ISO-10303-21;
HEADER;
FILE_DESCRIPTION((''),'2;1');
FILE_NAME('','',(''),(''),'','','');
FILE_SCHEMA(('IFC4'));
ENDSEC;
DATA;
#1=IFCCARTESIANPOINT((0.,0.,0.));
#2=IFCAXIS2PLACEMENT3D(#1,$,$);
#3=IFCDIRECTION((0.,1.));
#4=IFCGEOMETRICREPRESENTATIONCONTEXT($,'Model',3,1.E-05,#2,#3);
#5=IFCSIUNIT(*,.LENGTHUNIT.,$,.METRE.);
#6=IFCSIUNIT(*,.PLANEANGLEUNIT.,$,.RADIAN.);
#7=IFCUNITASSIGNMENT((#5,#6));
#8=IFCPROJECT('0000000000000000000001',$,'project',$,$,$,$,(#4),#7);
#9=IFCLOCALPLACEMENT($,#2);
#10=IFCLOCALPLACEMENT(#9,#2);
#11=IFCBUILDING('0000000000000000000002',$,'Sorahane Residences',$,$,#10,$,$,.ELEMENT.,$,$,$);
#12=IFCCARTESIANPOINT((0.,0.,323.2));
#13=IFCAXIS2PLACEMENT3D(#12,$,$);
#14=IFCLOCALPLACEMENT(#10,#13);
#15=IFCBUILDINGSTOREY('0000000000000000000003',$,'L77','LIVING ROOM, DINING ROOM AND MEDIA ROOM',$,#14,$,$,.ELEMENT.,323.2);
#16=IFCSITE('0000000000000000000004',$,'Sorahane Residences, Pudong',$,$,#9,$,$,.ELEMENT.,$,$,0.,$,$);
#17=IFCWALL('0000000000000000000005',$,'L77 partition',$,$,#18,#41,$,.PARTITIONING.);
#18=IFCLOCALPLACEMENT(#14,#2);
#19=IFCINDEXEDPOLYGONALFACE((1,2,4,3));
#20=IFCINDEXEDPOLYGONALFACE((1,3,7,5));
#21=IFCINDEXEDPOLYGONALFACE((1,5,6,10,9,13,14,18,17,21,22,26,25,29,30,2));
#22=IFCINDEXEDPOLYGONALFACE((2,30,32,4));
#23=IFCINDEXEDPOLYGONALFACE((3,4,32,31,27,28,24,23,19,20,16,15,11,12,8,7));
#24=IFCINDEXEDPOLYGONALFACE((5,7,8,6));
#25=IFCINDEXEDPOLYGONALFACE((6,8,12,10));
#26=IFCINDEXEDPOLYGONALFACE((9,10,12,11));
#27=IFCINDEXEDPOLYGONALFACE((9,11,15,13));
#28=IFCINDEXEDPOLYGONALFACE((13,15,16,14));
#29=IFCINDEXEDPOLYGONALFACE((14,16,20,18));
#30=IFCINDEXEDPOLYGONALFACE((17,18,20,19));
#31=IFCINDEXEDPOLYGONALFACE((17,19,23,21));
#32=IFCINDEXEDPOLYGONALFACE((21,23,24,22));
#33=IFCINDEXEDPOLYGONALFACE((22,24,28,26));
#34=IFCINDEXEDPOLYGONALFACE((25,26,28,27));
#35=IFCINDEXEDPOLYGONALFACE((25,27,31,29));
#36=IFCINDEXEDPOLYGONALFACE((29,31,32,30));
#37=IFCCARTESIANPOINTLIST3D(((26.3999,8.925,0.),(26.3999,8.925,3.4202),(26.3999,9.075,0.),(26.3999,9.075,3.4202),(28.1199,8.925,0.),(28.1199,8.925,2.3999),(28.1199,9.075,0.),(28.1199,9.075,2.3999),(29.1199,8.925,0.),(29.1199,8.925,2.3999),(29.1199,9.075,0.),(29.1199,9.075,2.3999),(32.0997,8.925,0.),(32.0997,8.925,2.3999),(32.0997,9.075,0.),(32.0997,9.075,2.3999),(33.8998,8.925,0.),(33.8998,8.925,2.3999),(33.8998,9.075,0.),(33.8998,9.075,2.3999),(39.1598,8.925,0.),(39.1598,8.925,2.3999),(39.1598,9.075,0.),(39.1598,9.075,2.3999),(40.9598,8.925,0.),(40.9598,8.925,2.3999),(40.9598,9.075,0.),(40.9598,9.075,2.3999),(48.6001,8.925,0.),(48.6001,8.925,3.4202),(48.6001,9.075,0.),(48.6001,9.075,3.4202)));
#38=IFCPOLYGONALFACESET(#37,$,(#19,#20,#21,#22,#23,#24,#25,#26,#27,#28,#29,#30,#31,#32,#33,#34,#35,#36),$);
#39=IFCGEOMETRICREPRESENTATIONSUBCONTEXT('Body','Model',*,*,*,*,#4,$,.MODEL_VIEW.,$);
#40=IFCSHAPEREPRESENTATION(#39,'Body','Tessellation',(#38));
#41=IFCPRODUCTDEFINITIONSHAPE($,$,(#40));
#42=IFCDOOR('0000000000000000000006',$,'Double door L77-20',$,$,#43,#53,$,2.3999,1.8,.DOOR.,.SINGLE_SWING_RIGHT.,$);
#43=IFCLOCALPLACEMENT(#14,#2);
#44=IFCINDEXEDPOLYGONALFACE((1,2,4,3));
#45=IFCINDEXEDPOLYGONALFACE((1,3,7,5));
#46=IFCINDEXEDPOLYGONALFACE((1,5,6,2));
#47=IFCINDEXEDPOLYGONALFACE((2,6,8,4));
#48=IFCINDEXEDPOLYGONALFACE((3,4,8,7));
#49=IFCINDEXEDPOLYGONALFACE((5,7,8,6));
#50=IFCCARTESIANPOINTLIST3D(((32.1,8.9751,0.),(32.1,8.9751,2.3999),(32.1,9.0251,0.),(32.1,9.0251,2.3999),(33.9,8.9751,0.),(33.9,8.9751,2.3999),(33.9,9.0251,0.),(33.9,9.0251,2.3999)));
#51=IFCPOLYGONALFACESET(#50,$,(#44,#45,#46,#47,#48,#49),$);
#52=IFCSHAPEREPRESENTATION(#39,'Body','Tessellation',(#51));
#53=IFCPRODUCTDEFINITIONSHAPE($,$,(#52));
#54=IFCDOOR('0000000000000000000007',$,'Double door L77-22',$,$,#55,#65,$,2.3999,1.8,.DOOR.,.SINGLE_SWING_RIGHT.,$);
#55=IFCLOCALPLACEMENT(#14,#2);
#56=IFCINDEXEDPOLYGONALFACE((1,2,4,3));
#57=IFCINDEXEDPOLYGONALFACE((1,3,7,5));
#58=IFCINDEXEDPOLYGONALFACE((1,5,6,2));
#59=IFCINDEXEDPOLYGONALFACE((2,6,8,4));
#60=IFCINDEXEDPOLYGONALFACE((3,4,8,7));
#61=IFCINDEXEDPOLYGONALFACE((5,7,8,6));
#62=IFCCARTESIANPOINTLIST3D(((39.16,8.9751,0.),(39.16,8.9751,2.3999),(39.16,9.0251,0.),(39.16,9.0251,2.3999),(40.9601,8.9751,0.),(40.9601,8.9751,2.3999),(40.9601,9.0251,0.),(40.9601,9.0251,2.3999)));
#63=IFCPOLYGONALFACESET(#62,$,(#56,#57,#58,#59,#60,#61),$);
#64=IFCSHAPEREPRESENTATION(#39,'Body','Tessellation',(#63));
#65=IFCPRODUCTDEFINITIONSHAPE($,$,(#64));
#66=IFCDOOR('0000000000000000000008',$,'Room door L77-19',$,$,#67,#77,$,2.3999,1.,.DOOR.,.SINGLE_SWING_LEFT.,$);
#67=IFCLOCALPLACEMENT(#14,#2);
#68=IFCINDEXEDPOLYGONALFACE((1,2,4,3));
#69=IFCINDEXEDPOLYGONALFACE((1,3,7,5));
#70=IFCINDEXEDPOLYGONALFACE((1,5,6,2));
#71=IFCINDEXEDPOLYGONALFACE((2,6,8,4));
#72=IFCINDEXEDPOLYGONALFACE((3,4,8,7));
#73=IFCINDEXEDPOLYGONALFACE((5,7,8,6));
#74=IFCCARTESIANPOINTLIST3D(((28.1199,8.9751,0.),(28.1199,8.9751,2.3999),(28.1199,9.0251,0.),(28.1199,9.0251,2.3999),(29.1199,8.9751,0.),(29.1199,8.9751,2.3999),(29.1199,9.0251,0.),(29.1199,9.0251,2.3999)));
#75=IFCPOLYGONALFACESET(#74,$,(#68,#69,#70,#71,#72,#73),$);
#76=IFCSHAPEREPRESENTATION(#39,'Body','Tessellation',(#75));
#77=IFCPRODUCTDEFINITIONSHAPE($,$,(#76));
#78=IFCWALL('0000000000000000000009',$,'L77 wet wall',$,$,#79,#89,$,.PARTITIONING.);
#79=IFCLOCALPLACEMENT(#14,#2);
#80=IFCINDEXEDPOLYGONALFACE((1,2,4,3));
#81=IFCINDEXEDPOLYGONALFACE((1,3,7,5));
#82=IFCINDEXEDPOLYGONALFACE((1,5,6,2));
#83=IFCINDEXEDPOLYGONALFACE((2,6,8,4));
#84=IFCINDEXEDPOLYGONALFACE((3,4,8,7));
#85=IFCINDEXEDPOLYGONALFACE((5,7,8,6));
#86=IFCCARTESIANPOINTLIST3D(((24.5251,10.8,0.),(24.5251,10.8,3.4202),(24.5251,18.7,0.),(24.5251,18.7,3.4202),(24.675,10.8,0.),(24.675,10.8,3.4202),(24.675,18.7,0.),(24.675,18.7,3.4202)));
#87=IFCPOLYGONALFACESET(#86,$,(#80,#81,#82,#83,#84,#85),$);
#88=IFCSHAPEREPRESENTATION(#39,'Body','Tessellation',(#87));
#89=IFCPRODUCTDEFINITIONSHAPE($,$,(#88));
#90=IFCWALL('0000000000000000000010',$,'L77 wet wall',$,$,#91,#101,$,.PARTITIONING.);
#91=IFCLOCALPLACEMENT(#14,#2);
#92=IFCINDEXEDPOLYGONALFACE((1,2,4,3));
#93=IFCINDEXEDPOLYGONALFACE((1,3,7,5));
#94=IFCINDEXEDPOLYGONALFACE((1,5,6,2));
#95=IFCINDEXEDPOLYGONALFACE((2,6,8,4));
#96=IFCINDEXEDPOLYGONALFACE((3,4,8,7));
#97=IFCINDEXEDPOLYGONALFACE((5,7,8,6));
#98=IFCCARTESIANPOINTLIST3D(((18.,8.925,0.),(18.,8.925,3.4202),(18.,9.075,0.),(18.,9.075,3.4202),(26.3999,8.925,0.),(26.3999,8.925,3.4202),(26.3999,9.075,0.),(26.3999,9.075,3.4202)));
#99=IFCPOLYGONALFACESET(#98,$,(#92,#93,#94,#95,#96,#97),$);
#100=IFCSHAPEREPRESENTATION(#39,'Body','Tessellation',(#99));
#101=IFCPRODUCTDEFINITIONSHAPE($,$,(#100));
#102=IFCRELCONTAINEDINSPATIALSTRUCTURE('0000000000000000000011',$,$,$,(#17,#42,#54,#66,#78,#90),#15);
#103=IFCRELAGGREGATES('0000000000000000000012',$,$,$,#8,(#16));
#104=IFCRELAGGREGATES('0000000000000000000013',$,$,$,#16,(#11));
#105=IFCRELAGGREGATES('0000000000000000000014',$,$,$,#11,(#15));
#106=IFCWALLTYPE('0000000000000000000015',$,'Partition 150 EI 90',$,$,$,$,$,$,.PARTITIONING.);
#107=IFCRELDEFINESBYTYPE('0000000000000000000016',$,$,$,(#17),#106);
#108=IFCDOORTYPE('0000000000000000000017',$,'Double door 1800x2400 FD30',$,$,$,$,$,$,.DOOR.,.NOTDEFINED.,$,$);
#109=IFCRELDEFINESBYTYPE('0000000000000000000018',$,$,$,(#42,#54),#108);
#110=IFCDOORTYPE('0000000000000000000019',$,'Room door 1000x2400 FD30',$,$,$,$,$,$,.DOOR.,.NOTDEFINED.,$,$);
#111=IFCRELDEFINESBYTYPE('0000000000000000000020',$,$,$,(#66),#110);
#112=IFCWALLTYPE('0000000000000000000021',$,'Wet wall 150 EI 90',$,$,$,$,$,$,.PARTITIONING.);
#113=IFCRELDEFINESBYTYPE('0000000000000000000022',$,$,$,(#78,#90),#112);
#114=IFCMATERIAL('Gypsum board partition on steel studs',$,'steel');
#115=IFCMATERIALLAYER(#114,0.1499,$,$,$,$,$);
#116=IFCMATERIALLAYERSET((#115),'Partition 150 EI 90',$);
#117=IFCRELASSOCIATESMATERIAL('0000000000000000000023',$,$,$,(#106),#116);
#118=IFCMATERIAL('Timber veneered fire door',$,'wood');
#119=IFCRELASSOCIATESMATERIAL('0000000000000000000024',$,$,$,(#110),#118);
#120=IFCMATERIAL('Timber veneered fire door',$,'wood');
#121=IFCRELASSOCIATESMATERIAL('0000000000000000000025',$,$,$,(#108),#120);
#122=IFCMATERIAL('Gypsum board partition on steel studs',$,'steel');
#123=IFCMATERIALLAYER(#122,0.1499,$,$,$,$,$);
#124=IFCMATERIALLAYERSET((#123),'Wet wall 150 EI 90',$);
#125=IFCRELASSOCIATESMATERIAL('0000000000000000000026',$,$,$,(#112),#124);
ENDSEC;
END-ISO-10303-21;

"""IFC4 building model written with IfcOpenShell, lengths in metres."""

from ifc_helpers import new_model, si_unit, direction, frame, frame_2d, origin, place, context, subcontext, project, spatial, rectangle, extrude, material, layer, layer_set, type_object, element, fill, save


model = new_model("IFC4")

# Units and contexts
model_context = context("Model", 3, precision=1e-05, world=origin(), true_north=direction((0.0, 1.0)))
body_context = subcontext(model_context, "Body", "Model", "MODEL_VIEW")
ifc_project = project(units=[si_unit("LENGTHUNIT", "METRE"), si_unit("PLANEANGLEUNIT", "RADIAN")], contexts=[model_context])

# Site, building, storey
site_placement = place(None, origin())
site = spatial("IfcSite", under=ifc_project, at=site_placement, Name="Sorahane Residences, Pudong", CompositionType="ELEMENT", RefElevation=0.0)
building_placement = place(site_placement, origin())
building = spatial("IfcBuilding", under=site, at=building_placement, Name="Sorahane Residences", CompositionType="ELEMENT")
storey_placement = place(building_placement, frame((0.0, 0.0, 323.2)))
storey = spatial("IfcBuildingStorey", under=building, at=storey_placement, Name="L77", Description="LIVING ROOM, DINING ROOM AND MEDIA ROOM", CompositionType="ELEMENT", Elevation=323.2)

# Wall, openings, doors
ifc_material_1 = material(Name="Gypsum board partition on steel studs", Category="steel")
ifc_layer_1 = layer(ifc_material_1, 0.1499)
ifc_layer_set_1 = layer_set([ifc_layer_1], Name="Partition 150 EI 90")
wall_type_1 = type_object("IfcWallType", Name="Partition 150 EI 90", PredefinedType="PARTITIONING", material=ifc_layer_set_1)
ifc_material_2 = material(Name="Timber veneered fire door", Category="wood")
door_type_1 = type_object("IfcDoorType", Name="Room door 1000x2400 FD30", OperationType="NOTDEFINED", PredefinedType="DOOR", material=ifc_material_2)
wall_1_placement = place(storey_placement, frame((26.3999, 9.0, 0.0), z_axis=(0.0, 0.0, 1.0), x_axis=(1.0, 0.0, 0.0)))
wall_1 = element("IfcWall", 1, at=wall_1_placement, inside=storey, type_object=wall_type_1, Name="L77 partition", PredefinedType="PARTITIONING", context=body_context, shape_type="SweptSolid", body=[
    extrude(rectangle(XDim=22.2002, YDim=0.1499, at=frame_2d((11.1001, 0.0))), origin(), (0.0, 0.0, 1.0), 3.4202),
])
opening_1_placement = place(wall_1_placement, frame((1.72, 0.0, 0.0)))
opening_1 = element("IfcOpeningElement", 2, at=opening_1_placement, cuts=wall_1, PredefinedType="OPENING", context=body_context, shape_type="SweptSolid", body=[
    extrude(rectangle(XDim=1.0, YDim=2.3999, at=frame_2d((0.5, 1.2))), frame((0.0, 0.085, 0.0), z_axis=(0.0, -1.0, 0.0), x_axis=(1.0, 0.0, 0.0)), (0.0, 0.0, 1.0), 0.1699),
])
opening_2_placement = place(wall_1_placement, frame((5.7, 0.0, 0.0)))
opening_2 = element("IfcOpeningElement", 3, at=opening_2_placement, cuts=wall_1, PredefinedType="OPENING", context=body_context, shape_type="SweptSolid", body=[
    extrude(rectangle(XDim=1.8, YDim=2.3999, at=frame_2d((0.8999, 1.2))), frame((0.0, 0.085, 0.0), z_axis=(0.0, -1.0, 0.0), x_axis=(1.0, 0.0, 0.0)), (0.0, 0.0, 1.0), 0.1699),
])
opening_3_placement = place(wall_1_placement, frame((12.76, 0.0, 0.0)))
opening_3 = element("IfcOpeningElement", 4, at=opening_3_placement, cuts=wall_1, PredefinedType="OPENING", context=body_context, shape_type="SweptSolid", body=[
    extrude(rectangle(XDim=1.8, YDim=2.3999, at=frame_2d((0.8999, 1.2))), frame((0.0, 0.085, 0.0), z_axis=(0.0, -1.0, 0.0), x_axis=(1.0, 0.0, 0.0)), (0.0, 0.0, 1.0), 0.1699),
])
ifc_material_3 = material(Name="Timber veneered fire door", Category="wood")
door_type_2 = type_object("IfcDoorType", Name="Double door 1800x2400 FD30", OperationType="NOTDEFINED", PredefinedType="DOOR", material=ifc_material_3)
door_1_placement = place(opening_2_placement, frame((1.8, 0.0, 0.0), z_axis=(0.0, 0.0, 1.0), x_axis=(-1.0, 0.0, 0.0)))
door_1 = element("IfcDoor", 5, at=door_1_placement, inside=storey, type_object=door_type_2, Name="Double door L77-20", OperationType="SINGLE_SWING_RIGHT", OverallHeight=2.3999, OverallWidth=1.8, PredefinedType="DOOR", context=body_context, shape_type="SweptSolid", body=[
    extrude(rectangle(XDim=1.8, YDim=2.3999, at=frame_2d((0.8999, 1.2))), frame((0.0, 0.0249, 0.0), z_axis=(0.0, -1.0, 0.0), x_axis=(1.0, 0.0, 0.0)), (0.0, 0.0, 1.0), 0.05),
])
fill(opening_2, door_1)
door_2_placement = place(opening_3_placement, frame((1.8, 0.0, 0.0), z_axis=(0.0, 0.0, 1.0), x_axis=(-1.0, 0.0, 0.0)))
door_2 = element("IfcDoor", 6, at=door_2_placement, inside=storey, type_object=door_type_2, Name="Double door L77-22", OperationType="SINGLE_SWING_RIGHT", OverallHeight=2.3999, OverallWidth=1.8, PredefinedType="DOOR", context=body_context, shape_type="SweptSolid", body=[
    extrude(rectangle(XDim=1.8, YDim=2.3999, at=frame_2d((0.8999, 1.2))), frame((0.0, 0.0249, 0.0), z_axis=(0.0, -1.0, 0.0), x_axis=(1.0, 0.0, 0.0)), (0.0, 0.0, 1.0), 0.05),
])
fill(opening_3, door_2)
door_3_placement = place(opening_1_placement, frame((1.0, 0.0, 0.0), z_axis=(0.0, 0.0, 1.0), x_axis=(-1.0, 0.0, 0.0)))
door_3 = element("IfcDoor", 7, at=door_3_placement, inside=storey, type_object=door_type_1, Name="Room door L77-19", OperationType="SINGLE_SWING_LEFT", OverallHeight=2.3999, OverallWidth=1.0, PredefinedType="DOOR", context=body_context, shape_type="SweptSolid", body=[
    extrude(rectangle(XDim=1.0, YDim=2.3999, at=frame_2d((0.5, 1.2))), frame((0.0, 0.0249, 0.0), z_axis=(0.0, -1.0, 0.0), x_axis=(1.0, 0.0, 0.0)), (0.0, 0.0, 1.0), 0.05),
])
fill(opening_1, door_3)

# Wall
ifc_material_4 = material(Name="Gypsum board partition on steel studs", Category="steel")
ifc_layer_2 = layer(ifc_material_4, 0.1499)
ifc_layer_set_2 = layer_set([ifc_layer_2], Name="Wet wall 150 EI 90")
wall_type_2 = type_object("IfcWallType", Name="Wet wall 150 EI 90", PredefinedType="PARTITIONING", material=ifc_layer_set_2)
wall_2_placement = place(storey_placement, frame((24.6001, 10.8, 0.0), z_axis=(0.0, 0.0, 1.0), x_axis=(0.0, 1.0, 0.0)))
element("IfcWall", 8, at=wall_2_placement, inside=storey, type_object=wall_type_2, Name="L77 wet wall", PredefinedType="PARTITIONING", context=body_context, shape_type="SweptSolid", body=[
    extrude(rectangle(XDim=7.8999, YDim=0.1499, at=frame_2d((3.95, 0.0))), origin(), (0.0, 0.0, 1.0), 3.4202),
])

# Wall
wall_3_placement = place(storey_placement, frame((18.0, 9.0, 0.0), z_axis=(0.0, 0.0, 1.0), x_axis=(1.0, 0.0, 0.0)))
element("IfcWall", 9, at=wall_3_placement, inside=storey, type_object=wall_type_2, Name="L77 wet wall", PredefinedType="PARTITIONING", context=body_context, shape_type="SweptSolid", body=[
    extrude(rectangle(XDim=8.3999, YDim=0.1499, at=frame_2d((4.2, 0.0))), origin(), (0.0, 0.0, 1.0), 3.4202),
])

save(model, "model.ifc")
